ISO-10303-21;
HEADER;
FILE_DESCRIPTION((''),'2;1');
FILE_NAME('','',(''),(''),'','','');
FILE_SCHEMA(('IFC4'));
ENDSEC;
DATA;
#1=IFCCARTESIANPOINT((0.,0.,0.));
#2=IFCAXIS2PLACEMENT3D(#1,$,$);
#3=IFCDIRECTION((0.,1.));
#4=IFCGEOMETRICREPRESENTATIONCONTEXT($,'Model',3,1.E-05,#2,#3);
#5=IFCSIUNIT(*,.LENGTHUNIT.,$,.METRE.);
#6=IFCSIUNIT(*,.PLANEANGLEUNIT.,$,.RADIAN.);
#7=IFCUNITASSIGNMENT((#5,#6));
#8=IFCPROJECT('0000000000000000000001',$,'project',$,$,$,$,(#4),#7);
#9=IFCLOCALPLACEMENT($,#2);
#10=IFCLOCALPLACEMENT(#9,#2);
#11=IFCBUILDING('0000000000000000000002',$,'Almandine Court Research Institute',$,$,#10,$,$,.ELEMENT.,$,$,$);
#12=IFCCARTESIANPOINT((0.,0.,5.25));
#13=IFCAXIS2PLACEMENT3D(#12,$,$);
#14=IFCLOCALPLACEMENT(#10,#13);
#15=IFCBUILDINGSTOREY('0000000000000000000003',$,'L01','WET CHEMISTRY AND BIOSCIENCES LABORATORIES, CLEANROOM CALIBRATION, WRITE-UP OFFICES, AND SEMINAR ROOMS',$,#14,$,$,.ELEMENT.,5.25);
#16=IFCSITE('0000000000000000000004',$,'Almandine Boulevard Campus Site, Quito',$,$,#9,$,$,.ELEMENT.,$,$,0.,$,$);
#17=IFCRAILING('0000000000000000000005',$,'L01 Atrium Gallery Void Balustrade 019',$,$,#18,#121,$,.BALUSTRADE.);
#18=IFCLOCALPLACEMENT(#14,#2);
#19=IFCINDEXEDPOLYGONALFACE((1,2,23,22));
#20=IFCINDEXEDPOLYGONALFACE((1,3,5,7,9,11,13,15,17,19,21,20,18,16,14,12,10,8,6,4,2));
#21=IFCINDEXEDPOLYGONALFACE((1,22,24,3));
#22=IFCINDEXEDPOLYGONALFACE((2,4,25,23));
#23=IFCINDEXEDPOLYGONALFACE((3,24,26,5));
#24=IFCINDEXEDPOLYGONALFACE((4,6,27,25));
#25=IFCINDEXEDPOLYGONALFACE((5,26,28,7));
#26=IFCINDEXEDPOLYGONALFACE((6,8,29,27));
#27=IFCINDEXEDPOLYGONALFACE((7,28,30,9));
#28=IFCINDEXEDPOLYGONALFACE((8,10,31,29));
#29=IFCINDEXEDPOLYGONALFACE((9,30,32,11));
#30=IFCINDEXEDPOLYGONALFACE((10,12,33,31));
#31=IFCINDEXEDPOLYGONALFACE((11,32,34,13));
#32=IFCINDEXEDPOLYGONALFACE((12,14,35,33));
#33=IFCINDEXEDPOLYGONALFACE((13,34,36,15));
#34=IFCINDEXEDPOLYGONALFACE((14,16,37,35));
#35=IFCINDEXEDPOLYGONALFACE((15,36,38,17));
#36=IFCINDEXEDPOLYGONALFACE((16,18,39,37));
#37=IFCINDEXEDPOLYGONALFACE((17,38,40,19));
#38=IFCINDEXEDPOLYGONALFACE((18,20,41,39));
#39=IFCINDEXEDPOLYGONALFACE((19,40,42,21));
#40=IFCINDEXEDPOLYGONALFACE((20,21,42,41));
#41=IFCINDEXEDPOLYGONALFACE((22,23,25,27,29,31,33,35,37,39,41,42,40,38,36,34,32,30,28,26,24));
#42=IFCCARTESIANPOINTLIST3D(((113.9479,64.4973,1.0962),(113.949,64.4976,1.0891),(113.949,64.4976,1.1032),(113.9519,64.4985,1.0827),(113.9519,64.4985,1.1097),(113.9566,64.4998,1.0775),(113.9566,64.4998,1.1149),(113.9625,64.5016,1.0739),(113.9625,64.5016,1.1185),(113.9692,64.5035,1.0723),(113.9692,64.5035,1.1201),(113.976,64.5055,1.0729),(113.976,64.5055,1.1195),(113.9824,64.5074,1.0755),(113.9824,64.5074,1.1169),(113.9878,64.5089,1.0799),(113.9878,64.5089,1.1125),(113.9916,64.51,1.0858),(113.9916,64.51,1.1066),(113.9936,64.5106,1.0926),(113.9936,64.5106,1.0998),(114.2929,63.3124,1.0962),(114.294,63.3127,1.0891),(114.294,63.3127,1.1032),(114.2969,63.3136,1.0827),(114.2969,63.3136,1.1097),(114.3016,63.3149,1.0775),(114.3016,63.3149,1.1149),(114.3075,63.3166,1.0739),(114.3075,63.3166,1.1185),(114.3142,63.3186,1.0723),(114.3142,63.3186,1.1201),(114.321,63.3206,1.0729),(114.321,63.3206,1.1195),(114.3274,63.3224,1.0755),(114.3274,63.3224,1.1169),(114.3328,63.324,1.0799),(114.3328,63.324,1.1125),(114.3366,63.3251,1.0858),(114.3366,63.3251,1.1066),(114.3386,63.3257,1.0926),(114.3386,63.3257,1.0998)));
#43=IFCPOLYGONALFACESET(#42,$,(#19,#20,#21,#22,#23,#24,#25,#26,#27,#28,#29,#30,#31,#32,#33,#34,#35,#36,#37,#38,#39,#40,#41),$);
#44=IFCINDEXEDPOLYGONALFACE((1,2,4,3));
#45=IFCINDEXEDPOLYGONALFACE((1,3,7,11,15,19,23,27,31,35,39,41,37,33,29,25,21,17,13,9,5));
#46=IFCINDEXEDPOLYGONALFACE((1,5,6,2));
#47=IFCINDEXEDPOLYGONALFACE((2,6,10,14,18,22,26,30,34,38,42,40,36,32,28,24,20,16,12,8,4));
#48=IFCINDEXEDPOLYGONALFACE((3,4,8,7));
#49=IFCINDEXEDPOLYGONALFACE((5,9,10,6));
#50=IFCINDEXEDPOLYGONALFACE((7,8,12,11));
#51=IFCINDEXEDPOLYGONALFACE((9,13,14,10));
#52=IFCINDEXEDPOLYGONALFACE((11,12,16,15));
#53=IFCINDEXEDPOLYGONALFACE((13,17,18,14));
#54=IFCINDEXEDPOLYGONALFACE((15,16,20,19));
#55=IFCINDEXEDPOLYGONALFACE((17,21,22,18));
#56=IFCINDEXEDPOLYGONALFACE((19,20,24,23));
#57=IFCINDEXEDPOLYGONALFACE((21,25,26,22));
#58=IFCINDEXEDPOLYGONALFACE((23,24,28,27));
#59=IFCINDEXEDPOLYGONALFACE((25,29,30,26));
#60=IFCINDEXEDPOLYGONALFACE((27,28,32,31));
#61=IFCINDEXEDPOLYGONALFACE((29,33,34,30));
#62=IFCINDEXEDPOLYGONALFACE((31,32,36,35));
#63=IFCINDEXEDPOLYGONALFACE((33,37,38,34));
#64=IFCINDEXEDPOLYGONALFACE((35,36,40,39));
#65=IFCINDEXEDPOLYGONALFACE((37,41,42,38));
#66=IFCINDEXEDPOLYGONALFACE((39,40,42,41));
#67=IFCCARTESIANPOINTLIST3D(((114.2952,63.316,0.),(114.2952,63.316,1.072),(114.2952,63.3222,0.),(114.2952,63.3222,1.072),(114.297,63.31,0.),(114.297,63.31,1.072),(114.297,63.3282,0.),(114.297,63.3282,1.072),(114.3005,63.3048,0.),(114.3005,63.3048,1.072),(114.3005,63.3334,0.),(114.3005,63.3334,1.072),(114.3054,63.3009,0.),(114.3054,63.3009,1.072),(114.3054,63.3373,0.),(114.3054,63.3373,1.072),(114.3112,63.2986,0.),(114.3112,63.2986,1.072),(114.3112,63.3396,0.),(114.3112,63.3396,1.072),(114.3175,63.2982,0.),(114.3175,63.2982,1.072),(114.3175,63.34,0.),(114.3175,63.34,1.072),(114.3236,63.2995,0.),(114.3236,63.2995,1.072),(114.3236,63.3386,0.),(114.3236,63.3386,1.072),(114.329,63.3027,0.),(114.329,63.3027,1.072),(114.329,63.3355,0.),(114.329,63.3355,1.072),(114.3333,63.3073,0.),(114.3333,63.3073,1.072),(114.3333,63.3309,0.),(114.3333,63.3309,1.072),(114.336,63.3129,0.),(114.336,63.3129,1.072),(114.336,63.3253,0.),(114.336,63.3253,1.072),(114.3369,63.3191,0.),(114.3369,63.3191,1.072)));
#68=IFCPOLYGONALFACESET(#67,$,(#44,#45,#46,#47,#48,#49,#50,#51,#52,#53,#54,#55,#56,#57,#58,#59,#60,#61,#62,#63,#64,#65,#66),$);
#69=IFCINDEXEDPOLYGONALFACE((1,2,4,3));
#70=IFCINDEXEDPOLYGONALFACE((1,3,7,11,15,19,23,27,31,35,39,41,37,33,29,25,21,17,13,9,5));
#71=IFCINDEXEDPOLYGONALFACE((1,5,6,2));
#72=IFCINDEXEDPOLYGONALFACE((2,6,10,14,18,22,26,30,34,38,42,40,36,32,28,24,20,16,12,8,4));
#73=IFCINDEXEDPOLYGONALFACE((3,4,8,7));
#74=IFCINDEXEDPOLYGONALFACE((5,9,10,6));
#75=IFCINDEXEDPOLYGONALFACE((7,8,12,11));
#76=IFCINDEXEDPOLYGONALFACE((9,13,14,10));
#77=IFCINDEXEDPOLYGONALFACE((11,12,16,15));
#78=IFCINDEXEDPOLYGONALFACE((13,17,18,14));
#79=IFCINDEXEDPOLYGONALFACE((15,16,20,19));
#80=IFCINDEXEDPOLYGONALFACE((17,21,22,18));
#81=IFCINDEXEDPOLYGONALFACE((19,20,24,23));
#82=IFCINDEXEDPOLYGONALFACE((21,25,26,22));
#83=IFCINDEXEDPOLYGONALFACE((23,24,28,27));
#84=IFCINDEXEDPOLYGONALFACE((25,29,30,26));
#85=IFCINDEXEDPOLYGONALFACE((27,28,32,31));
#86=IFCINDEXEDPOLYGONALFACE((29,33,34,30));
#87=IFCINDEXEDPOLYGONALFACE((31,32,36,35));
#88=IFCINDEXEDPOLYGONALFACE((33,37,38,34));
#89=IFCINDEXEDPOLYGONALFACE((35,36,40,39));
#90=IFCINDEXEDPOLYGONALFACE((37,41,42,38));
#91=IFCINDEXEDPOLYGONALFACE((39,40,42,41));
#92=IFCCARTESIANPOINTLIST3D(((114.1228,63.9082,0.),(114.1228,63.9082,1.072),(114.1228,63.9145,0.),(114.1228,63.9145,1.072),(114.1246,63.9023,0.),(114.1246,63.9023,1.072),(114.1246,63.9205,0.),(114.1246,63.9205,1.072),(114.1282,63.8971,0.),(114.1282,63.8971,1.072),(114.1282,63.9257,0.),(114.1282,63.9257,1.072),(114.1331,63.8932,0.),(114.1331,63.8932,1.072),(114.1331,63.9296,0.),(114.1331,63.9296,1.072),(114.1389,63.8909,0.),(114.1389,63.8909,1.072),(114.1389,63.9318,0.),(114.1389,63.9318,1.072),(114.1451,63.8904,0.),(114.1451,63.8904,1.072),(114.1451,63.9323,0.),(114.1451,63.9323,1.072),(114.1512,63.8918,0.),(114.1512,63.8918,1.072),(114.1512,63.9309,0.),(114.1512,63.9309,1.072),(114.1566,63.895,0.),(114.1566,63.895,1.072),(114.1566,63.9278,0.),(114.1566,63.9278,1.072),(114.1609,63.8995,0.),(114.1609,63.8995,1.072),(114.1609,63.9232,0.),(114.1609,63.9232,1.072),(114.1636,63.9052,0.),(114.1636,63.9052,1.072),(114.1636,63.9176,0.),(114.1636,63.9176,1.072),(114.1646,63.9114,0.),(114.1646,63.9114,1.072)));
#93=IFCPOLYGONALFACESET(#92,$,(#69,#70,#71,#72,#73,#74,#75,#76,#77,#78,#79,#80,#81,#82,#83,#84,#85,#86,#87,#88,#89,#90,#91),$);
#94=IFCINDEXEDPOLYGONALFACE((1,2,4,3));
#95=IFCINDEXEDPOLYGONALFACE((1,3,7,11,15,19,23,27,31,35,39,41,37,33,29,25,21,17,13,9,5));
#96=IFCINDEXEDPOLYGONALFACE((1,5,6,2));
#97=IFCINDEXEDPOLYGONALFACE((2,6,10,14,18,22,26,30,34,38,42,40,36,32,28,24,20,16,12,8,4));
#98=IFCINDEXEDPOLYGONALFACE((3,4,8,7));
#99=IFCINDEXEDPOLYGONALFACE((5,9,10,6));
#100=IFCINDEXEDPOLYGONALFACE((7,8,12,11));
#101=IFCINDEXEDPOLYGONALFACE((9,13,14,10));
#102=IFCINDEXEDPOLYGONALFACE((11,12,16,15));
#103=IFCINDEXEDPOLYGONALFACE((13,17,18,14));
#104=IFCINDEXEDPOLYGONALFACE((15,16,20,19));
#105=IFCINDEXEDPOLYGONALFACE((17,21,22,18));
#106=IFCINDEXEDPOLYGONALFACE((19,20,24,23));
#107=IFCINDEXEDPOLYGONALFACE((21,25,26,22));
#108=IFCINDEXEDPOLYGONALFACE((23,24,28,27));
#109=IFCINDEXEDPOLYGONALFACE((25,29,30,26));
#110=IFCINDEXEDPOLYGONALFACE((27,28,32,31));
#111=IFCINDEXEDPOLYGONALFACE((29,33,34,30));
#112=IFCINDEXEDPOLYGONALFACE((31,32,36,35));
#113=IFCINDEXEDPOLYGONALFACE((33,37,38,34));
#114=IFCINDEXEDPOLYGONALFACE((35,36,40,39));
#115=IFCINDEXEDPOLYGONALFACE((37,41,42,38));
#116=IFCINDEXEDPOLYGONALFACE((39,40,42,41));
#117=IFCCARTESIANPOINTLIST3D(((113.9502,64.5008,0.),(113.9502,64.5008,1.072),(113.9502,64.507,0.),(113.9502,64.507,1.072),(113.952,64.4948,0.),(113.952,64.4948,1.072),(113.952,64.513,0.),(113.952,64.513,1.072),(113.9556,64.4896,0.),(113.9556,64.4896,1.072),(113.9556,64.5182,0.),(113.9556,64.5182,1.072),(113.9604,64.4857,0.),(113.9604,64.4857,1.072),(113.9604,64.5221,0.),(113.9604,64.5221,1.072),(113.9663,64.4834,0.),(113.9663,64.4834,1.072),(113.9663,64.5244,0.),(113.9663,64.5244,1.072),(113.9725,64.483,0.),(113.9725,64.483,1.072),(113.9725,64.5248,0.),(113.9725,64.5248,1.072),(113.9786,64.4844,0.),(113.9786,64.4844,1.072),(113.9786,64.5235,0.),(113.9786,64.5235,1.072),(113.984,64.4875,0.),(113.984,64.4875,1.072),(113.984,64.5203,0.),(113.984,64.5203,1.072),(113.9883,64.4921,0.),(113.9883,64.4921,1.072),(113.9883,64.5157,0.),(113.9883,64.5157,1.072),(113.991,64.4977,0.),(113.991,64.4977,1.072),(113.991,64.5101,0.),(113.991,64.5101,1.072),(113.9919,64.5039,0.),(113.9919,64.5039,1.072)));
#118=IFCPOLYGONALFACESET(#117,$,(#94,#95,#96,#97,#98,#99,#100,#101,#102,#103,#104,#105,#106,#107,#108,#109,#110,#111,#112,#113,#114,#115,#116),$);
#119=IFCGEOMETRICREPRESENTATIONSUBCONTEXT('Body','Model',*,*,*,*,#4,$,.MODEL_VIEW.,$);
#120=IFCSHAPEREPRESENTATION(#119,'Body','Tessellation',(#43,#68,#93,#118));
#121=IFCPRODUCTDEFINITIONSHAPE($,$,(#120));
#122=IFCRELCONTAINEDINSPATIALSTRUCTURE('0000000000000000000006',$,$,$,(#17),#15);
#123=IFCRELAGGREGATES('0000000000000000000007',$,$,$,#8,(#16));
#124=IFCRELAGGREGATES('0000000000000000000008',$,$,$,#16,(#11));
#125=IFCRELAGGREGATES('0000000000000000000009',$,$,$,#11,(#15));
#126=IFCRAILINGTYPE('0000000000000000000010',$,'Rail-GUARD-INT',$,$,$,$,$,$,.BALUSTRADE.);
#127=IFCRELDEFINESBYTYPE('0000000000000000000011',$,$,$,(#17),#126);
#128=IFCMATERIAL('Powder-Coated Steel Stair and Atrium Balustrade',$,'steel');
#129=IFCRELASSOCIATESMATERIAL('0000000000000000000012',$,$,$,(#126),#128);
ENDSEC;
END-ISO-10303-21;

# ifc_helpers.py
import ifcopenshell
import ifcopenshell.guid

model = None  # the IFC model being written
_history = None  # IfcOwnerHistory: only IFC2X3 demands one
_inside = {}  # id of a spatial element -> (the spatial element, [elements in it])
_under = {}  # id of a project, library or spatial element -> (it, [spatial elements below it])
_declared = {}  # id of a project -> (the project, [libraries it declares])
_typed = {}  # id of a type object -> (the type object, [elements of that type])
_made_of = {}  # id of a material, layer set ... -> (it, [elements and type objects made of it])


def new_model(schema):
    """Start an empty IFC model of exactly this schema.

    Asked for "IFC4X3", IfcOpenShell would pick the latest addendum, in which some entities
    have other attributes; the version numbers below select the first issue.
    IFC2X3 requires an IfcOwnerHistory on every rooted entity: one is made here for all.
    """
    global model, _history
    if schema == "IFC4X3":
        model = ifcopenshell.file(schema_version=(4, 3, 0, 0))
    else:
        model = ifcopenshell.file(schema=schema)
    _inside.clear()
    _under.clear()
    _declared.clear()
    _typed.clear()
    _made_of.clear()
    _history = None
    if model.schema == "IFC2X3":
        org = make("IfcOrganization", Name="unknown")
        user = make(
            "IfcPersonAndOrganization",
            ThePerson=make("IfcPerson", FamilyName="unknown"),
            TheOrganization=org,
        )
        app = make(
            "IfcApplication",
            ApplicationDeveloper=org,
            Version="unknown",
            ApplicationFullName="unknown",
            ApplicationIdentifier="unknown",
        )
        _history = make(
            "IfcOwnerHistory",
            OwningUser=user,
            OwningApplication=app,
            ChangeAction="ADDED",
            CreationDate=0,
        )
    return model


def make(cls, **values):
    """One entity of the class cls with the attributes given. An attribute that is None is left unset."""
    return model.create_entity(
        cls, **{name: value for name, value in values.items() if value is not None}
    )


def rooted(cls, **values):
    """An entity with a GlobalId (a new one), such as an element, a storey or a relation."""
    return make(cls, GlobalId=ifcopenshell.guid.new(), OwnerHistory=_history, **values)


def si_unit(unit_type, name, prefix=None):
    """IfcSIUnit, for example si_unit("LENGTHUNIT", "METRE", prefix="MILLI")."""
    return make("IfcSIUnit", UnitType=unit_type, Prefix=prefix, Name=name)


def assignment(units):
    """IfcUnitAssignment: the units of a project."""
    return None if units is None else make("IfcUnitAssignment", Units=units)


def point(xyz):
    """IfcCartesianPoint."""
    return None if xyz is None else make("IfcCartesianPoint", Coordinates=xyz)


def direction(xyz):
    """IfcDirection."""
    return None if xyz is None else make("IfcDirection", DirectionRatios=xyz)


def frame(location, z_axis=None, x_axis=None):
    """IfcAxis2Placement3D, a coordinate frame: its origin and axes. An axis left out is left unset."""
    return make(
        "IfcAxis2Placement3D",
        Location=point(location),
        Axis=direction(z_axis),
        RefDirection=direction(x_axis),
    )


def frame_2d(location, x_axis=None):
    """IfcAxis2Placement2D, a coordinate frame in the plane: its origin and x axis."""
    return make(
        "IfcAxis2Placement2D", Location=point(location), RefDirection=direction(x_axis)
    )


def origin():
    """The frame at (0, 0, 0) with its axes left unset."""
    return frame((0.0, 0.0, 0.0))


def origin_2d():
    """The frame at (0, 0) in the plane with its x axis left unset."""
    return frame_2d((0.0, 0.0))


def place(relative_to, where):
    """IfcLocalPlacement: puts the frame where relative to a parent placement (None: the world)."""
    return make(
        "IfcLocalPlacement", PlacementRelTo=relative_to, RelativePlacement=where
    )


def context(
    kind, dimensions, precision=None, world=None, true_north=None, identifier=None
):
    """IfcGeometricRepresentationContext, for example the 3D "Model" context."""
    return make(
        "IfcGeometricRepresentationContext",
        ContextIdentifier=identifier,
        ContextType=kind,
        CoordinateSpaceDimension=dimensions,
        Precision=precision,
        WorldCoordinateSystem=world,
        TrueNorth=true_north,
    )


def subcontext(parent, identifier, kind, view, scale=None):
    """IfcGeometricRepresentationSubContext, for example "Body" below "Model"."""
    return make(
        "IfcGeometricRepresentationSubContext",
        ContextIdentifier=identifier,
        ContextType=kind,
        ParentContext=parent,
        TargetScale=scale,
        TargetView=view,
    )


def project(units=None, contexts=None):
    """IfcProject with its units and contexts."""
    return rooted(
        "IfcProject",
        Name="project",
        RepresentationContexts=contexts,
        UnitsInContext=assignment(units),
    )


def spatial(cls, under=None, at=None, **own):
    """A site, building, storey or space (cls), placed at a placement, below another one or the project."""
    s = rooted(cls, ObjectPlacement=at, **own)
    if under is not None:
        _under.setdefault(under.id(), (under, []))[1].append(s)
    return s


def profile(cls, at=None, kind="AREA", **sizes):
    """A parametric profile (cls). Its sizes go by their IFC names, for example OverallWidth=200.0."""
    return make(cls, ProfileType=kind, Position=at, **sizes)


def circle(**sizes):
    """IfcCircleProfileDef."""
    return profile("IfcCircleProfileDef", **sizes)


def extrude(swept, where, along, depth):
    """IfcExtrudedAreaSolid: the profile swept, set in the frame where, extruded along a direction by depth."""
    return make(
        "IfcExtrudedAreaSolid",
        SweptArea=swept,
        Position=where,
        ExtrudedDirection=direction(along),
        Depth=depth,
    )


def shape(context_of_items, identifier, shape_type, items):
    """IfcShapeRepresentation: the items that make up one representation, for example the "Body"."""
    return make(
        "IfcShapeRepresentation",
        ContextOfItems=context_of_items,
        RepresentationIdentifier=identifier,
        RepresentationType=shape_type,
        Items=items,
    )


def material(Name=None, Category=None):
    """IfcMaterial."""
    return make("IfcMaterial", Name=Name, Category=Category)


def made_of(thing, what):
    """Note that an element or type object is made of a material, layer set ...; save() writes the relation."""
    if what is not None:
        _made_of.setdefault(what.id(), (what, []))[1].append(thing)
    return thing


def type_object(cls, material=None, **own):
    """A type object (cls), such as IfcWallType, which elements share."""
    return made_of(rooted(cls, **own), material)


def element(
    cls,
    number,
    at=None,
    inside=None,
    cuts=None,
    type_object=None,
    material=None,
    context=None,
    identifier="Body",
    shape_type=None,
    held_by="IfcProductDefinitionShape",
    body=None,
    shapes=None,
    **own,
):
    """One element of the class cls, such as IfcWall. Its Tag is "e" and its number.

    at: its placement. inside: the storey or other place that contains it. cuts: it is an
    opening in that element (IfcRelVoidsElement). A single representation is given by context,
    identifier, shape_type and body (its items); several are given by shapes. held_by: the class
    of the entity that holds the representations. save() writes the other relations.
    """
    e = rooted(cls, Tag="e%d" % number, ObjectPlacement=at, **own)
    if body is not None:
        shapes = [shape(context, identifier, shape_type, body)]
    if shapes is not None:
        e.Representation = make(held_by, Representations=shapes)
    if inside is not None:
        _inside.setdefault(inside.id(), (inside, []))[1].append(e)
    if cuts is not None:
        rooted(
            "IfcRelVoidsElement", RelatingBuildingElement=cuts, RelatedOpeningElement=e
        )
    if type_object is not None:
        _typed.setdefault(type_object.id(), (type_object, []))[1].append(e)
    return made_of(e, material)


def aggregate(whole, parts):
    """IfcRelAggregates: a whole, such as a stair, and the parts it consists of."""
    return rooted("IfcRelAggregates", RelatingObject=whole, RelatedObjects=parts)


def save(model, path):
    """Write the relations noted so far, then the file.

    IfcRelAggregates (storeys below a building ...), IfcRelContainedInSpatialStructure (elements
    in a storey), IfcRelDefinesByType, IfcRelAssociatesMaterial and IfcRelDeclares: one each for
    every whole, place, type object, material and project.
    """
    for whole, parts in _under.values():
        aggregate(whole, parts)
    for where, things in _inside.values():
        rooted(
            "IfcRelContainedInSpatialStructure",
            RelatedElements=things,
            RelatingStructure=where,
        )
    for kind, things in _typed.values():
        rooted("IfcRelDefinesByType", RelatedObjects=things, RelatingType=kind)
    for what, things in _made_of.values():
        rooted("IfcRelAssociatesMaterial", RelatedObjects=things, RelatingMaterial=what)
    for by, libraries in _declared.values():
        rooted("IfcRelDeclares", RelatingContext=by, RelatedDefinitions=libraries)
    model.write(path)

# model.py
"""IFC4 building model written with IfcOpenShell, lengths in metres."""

from ifc_helpers import new_model, si_unit, direction, frame, origin, origin_2d, place, context, subcontext, project, spatial, circle, extrude, material, type_object, element, save


model = new_model("IFC4")

# Units and contexts
model_context = context("Model", 3, precision=1e-05, world=origin(), true_north=direction((0.0, 1.0)))
body_context = subcontext(model_context, "Body", "Model", "MODEL_VIEW")
ifc_project = project(units=[si_unit("LENGTHUNIT", "METRE"), si_unit("PLANEANGLEUNIT", "RADIAN")], contexts=[model_context])

# Site, building, storey
site_placement = place(None, origin())
site = spatial("IfcSite", under=ifc_project, at=site_placement, Name="Almandine Boulevard Campus Site, Quito", CompositionType="ELEMENT", RefElevation=0.0)
building_placement = place(site_placement, origin())
building = spatial("IfcBuilding", under=site, at=building_placement, Name="Almandine Court Research Institute", CompositionType="ELEMENT")
storey_placement = place(building_placement, frame((0.0, 0.0, 5.25)))
storey = spatial("IfcBuildingStorey", under=building, at=storey_placement, Name="L01", Description="WET CHEMISTRY AND BIOSCIENCES LABORATORIES, CLEANROOM CALIBRATION, WRITE-UP OFFICES, AND SEMINAR ROOMS", CompositionType="ELEMENT", Elevation=5.25)

# Railing
ifc_material_1 = material(Name="Powder-Coated Steel Stair and Atrium Balustrade", Category="steel")
railing_type = type_object("IfcRailingType", Name="Rail-GUARD-INT", PredefinedType="BALUSTRADE", material=ifc_material_1)
railing_1_placement = place(storey_placement, frame((114.3159, 63.3191, 0.0)))
element("IfcRailing", 1, at=railing_1_placement, inside=storey, type_object=railing_type, Name="L01 Atrium Gallery Void Balustrade 019", PredefinedType="BALUSTRADE", context=body_context, shape_type="SweptSolid", body=[
    extrude(circle(Radius=0.0239, at=origin_2d()), frame((0.0, 0.0, 1.0962), z_axis=(-0.279552, 0.960131, 0.0), x_axis=(-0.960131, -0.279552, 0.0)), (0.0, 0.0, 1.0), 1.2341),
    extrude(circle(Radius=0.021, at=origin_2d()), origin(), (0.0, 0.0, 1.0), 1.072),
    extrude(circle(Radius=0.021, at=origin_2d()), frame((-0.1724, 0.5923, 0.0)), (0.0, 0.0, 1.0), 1.072),
    extrude(circle(Radius=0.021, at=origin_2d()), frame((-0.345, 1.1848, 0.0)), (0.0, 0.0, 1.0), 1.072),
])

save(model, "model.ifc")
